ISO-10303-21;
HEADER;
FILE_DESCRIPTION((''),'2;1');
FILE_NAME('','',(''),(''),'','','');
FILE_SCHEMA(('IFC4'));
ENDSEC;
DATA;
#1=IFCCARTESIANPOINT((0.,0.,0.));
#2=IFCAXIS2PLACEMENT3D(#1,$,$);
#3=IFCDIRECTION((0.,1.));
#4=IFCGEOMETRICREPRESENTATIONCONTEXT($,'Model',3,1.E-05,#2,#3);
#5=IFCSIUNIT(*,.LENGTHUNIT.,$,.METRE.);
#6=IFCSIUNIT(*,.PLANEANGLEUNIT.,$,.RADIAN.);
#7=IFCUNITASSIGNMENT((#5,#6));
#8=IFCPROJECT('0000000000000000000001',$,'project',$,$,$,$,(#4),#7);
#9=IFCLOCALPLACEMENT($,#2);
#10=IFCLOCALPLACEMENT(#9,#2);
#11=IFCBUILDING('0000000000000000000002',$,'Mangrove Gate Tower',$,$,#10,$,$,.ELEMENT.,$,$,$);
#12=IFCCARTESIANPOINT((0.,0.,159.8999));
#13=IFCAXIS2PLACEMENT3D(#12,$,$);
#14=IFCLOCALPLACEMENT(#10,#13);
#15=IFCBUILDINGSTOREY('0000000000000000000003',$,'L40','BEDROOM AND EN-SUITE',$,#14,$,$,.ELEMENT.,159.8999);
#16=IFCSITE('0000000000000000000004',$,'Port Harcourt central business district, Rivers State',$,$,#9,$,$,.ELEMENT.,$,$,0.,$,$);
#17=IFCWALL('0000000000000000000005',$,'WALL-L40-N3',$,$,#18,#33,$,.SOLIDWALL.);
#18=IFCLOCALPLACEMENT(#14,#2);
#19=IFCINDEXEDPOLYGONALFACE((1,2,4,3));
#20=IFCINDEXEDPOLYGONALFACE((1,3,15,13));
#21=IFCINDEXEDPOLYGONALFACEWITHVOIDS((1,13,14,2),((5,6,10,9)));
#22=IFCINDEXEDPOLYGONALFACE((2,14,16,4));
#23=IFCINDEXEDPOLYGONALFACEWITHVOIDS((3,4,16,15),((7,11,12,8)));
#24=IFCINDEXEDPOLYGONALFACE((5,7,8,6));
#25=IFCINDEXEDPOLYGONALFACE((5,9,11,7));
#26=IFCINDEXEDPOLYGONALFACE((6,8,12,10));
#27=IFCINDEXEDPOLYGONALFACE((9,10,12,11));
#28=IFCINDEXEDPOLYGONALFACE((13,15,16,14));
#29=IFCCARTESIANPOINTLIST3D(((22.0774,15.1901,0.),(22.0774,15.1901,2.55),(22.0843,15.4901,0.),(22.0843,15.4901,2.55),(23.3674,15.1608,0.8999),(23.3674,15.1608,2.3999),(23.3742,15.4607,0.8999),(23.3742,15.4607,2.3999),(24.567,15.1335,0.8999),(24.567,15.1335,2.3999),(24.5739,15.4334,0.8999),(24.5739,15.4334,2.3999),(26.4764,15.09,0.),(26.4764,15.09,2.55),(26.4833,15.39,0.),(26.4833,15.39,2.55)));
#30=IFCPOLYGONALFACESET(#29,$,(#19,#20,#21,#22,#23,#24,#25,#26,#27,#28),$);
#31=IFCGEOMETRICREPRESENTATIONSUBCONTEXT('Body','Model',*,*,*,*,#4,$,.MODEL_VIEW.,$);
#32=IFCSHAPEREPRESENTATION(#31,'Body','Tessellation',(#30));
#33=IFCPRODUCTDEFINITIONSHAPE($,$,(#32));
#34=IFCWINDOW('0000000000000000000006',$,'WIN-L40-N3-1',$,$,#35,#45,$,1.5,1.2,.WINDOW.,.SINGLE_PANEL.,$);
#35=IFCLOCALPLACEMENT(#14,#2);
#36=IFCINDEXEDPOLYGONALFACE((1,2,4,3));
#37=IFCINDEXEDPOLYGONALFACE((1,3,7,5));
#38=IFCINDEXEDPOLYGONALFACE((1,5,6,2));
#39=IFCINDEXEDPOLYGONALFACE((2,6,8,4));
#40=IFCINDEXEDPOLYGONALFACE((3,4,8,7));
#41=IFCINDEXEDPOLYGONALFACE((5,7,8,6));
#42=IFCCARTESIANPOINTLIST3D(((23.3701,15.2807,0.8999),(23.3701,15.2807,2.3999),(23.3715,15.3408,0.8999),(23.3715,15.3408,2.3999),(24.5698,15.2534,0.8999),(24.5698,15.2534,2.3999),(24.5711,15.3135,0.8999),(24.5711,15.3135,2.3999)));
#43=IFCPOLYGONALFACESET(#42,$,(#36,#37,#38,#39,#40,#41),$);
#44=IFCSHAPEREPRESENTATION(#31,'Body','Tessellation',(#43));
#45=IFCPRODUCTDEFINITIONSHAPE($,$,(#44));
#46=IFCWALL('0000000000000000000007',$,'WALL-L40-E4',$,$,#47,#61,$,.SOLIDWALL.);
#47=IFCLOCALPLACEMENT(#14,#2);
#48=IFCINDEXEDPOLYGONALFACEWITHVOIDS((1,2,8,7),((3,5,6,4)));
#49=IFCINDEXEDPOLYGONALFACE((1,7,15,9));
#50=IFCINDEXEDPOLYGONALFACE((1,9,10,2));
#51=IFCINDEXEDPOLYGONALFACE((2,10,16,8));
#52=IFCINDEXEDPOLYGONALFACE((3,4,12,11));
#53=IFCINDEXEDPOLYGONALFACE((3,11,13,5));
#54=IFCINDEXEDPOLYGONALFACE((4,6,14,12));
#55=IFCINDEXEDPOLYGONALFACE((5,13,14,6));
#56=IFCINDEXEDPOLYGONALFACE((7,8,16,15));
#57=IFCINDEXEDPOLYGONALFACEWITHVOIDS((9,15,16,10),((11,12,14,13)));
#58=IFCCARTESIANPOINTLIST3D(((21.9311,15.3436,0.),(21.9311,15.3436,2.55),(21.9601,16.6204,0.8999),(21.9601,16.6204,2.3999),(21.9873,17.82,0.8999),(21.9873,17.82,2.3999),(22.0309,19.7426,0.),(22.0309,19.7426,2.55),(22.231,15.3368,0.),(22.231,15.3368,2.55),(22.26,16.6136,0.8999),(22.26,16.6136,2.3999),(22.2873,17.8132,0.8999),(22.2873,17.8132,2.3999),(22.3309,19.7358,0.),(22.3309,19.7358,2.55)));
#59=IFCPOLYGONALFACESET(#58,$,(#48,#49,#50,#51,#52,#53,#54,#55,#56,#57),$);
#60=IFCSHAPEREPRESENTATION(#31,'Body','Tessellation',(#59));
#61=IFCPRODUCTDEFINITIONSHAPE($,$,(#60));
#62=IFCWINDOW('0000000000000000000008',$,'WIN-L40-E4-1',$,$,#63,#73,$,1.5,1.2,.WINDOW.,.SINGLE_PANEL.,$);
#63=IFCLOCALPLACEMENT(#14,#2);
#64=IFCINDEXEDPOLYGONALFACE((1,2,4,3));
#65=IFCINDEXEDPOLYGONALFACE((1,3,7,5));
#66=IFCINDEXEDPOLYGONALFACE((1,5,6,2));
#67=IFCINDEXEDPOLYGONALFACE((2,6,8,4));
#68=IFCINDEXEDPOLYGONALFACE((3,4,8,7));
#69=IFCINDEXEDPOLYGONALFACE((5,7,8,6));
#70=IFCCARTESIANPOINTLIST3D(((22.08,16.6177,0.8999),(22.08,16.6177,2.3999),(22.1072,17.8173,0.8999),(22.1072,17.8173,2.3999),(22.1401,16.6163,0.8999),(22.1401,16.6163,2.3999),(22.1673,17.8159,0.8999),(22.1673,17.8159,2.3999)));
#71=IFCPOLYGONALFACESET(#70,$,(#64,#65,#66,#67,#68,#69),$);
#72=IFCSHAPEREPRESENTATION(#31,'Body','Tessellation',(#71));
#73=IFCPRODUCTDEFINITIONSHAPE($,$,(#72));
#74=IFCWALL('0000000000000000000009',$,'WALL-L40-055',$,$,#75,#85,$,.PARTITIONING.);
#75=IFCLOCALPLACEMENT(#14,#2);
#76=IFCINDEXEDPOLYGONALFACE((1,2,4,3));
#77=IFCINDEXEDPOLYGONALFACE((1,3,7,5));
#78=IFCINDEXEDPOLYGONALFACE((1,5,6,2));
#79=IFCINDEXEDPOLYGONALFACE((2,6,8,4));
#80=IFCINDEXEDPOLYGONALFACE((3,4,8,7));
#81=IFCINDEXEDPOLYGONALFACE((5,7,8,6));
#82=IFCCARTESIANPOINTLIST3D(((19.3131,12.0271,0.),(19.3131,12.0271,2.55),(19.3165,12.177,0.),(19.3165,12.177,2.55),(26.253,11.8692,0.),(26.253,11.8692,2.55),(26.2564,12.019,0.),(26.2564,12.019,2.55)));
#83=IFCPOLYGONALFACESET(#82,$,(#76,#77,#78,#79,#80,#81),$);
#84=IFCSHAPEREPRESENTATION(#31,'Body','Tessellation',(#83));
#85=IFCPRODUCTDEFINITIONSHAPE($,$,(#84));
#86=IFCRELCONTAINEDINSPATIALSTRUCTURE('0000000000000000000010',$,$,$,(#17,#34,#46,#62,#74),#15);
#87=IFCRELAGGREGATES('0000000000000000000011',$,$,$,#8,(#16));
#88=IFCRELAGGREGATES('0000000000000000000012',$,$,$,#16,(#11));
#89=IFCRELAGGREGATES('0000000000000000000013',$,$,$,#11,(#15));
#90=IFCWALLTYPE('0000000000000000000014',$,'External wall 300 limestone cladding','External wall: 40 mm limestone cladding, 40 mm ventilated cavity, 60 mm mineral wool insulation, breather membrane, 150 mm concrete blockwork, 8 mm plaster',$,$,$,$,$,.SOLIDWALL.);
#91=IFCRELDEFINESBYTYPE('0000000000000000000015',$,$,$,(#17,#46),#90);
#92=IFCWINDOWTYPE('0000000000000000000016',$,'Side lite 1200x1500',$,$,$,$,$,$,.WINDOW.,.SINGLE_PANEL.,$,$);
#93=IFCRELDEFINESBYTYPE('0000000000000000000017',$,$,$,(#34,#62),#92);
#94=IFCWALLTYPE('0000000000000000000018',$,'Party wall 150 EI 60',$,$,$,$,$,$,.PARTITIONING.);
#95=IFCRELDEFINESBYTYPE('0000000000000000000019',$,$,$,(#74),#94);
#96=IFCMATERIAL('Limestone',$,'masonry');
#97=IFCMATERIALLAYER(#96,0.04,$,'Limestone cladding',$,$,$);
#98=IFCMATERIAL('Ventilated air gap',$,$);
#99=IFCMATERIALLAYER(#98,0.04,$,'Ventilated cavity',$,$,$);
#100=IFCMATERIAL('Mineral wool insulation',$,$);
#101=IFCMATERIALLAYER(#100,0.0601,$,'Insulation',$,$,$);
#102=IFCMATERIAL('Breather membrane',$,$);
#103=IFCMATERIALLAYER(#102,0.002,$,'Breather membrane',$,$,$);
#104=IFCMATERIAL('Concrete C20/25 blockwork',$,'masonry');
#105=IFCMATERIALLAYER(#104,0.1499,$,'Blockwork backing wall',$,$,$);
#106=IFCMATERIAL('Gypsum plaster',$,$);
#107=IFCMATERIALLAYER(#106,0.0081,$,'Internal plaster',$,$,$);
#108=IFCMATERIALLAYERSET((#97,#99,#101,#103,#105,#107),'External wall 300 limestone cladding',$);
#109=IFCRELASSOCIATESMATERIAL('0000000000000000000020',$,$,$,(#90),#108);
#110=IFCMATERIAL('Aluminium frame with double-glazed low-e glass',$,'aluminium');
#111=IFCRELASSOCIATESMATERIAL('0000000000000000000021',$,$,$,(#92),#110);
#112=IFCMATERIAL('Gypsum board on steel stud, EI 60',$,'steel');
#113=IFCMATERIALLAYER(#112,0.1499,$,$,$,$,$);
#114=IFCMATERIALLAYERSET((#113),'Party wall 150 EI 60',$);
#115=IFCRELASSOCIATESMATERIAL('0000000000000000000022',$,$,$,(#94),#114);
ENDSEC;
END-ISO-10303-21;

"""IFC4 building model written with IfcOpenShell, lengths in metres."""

from ifc_helpers import new_model, si_unit, direction, frame, frame_2d, origin, place, context, subcontext, project, spatial, rectangle, extrude, material, layer, layer_set, type_object, element, fill, save


model = new_model("IFC4")

# Units and contexts
model_context = context("Model", 3, precision=1e-05, world=origin(), true_north=direction((0.0, 1.0)))
body_context = subcontext(model_context, "Body", "Model", "MODEL_VIEW")
ifc_project = project(units=[si_unit("LENGTHUNIT", "METRE"), si_unit("PLANEANGLEUNIT", "RADIAN")], contexts=[model_context])

# Site, building, storey
site_placement = place(None, origin())
site = spatial("IfcSite", under=ifc_project, at=site_placement, Name="Port Harcourt central business district, Rivers State", CompositionType="ELEMENT", RefElevation=0.0)
building_placement = place(site_placement, origin())
building = spatial("IfcBuilding", under=site, at=building_placement, Name="Mangrove Gate Tower", CompositionType="ELEMENT")
storey_placement = place(building_placement, frame((0.0, 0.0, 159.8999)))
storey = spatial("IfcBuildingStorey", under=building, at=storey_placement, Name="L40", Description="BEDROOM AND EN-SUITE", CompositionType="ELEMENT", Elevation=159.8999)

# Walls, openings, windows
ifc_material_1 = material(Name="Limestone", Category="masonry")
ifc_layer_1 = layer(ifc_material_1, 0.04, Name="Limestone cladding")
ifc_material_2 = material(Name="Ventilated air gap")
ifc_layer_2 = layer(ifc_material_2, 0.04, Name="Ventilated cavity")
ifc_material_3 = material(Name="Mineral wool insulation")
ifc_layer_3 = layer(ifc_material_3, 0.0601, Name="Insulation")
ifc_material_4 = material(Name="Breather membrane")
ifc_layer_4 = layer(ifc_material_4, 0.002, Name="Breather membrane")
ifc_material_5 = material(Name="Concrete C20/25 blockwork", Category="masonry")
ifc_layer_5 = layer(ifc_material_5, 0.1499, Name="Blockwork backing wall")
ifc_material_6 = material(Name="Gypsum plaster")
ifc_layer_6 = layer(ifc_material_6, 0.0081, Name="Internal plaster")
ifc_layer_set_1 = layer_set([ifc_layer_1, ifc_layer_2, ifc_layer_3, ifc_layer_4, ifc_layer_5, ifc_layer_6], Name="External wall 300 limestone cladding")
wall_type_1 = type_object("IfcWallType", Name="External wall 300 limestone cladding", Description="External wall: 40 mm limestone cladding, 40 mm ventilated cavity, 60 mm mineral wool insulation, breather membrane, 150 mm concrete blockwork, 8 mm plaster", PredefinedType="SOLIDWALL", material=ifc_layer_set_1)
wall_1_placement = place(storey_placement, frame((26.48, 15.24, 0.0), z_axis=(0.0, 0.0, 1.0), x_axis=(-0.999741, 0.022749, 0.0)))
wall_1 = element("IfcWall", 1, at=wall_1_placement, inside=storey, type_object=wall_type_1, Name="WALL-L40-N3", PredefinedType="SOLIDWALL", context=body_context, shape_type="SweptSolid", body=[
    extrude(rectangle(XDim=4.4001, YDim=0.3, at=frame_2d((2.2002, 0.0))), origin(), (0.0, 0.0, 1.0), 2.55),
])
opening_1_placement = place(wall_1_placement, frame((1.9099, 0.0, 0.8999)))
opening_1 = element("IfcOpeningElement", 2, at=opening_1_placement, cuts=wall_1, PredefinedType="OPENING", context=body_context, shape_type="SweptSolid", body=[
    extrude(rectangle(XDim=1.2, YDim=1.5, at=frame_2d((0.6001, 0.75))), frame((0.0, 0.1599, 0.0), z_axis=(0.0, -1.0, 0.0), x_axis=(1.0, 0.0, 0.0)), (0.0, 0.0, 1.0), 0.3201),
])
ifc_material_7 = material(Name="Aluminium frame with double-glazed low-e glass", Category="aluminium")
window_type_1 = type_object("IfcWindowType", Name="Side lite 1200x1500", PartitioningType="SINGLE_PANEL", PredefinedType="WINDOW", material=ifc_material_7)
window_1_placement = place(opening_1_placement, origin())
window_1 = element("IfcWindow", 3, at=window_1_placement, inside=storey, type_object=window_type_1, Name="WIN-L40-N3-1", OverallHeight=1.5, OverallWidth=1.2, PartitioningType="SINGLE_PANEL", PredefinedType="WINDOW", context=body_context, shape_type="SweptSolid", body=[
    extrude(rectangle(XDim=1.2, YDim=1.5, at=frame_2d((0.6001, 0.75))), frame((0.0, 0.03, 0.0), z_axis=(0.0, -1.0, 0.0), x_axis=(1.0, 0.0, 0.0)), (0.0, 0.0, 1.0), 0.0601),
])
fill(opening_1, window_1)
wall_2_placement = place(storey_placement, frame((22.0811, 15.3401, 0.0), z_axis=(0.0, 0.0, 1.0), x_axis=(0.022694, 0.999742, 0.0)))
wall_2 = element("IfcWall", 4, at=wall_2_placement, inside=storey, type_object=wall_type_1, Name="WALL-L40-E4", PredefinedType="SOLIDWALL", context=body_context, shape_type="SweptSolid", body=[
    extrude(rectangle(XDim=4.4001, YDim=0.3, at=frame_2d((2.2002, 0.0))), origin(), (0.0, 0.0, 1.0), 2.55),
])
opening_2_placement = place(wall_2_placement, frame((1.2771, 0.0, 0.8999)))
opening_2 = element("IfcOpeningElement", 5, at=opening_2_placement, cuts=wall_2, PredefinedType="OPENING", context=body_context, shape_type="SweptSolid", body=[
    extrude(rectangle(XDim=1.2, YDim=1.5, at=frame_2d((0.6001, 0.75))), frame((0.0, 0.1599, 0.0), z_axis=(0.0, -1.0, 0.0), x_axis=(1.0, 0.0, 0.0)), (0.0, 0.0, 1.0), 0.3201),
])
window_2_placement = place(opening_2_placement, origin())
window_2 = element("IfcWindow", 6, at=window_2_placement, inside=storey, type_object=window_type_1, Name="WIN-L40-E4-1", OverallHeight=1.5, OverallWidth=1.2, PartitioningType="SINGLE_PANEL", PredefinedType="WINDOW", context=body_context, shape_type="SweptSolid", body=[
    extrude(rectangle(XDim=1.2, YDim=1.5, at=frame_2d((0.6001, 0.75))), frame((0.0, 0.03, 0.0), z_axis=(0.0, -1.0, 0.0), x_axis=(1.0, 0.0, 0.0)), (0.0, 0.0, 1.0), 0.0601),
])
fill(opening_2, window_2)

# Wall
ifc_material_8 = material(Name="Gypsum board on steel stud, EI 60", Category="steel")
ifc_layer_7 = layer(ifc_material_8, 0.1499)
ifc_layer_set_2 = layer_set([ifc_layer_7], Name="Party wall 150 EI 60")
wall_type_2 = type_object("IfcWallType", Name="Party wall 150 EI 60", PredefinedType="PARTITIONING", material=ifc_layer_set_2)
wall_3_placement = place(storey_placement, frame((19.3149, 12.1021, 0.0), z_axis=(0.0, 0.0, 1.0), x_axis=(0.999741, -0.022755, 0.0)))
element("IfcWall", 7, at=wall_3_placement, inside=storey, type_object=wall_type_2, Name="WALL-L40-055", PredefinedType="PARTITIONING", context=body_context, shape_type="SweptSolid", body=[
    extrude(rectangle(XDim=6.9417, YDim=0.1499, at=frame_2d((3.4707, 0.0))), origin(), (0.0, 0.0, 1.0), 2.55),
])

save(model, "model.ifc")
